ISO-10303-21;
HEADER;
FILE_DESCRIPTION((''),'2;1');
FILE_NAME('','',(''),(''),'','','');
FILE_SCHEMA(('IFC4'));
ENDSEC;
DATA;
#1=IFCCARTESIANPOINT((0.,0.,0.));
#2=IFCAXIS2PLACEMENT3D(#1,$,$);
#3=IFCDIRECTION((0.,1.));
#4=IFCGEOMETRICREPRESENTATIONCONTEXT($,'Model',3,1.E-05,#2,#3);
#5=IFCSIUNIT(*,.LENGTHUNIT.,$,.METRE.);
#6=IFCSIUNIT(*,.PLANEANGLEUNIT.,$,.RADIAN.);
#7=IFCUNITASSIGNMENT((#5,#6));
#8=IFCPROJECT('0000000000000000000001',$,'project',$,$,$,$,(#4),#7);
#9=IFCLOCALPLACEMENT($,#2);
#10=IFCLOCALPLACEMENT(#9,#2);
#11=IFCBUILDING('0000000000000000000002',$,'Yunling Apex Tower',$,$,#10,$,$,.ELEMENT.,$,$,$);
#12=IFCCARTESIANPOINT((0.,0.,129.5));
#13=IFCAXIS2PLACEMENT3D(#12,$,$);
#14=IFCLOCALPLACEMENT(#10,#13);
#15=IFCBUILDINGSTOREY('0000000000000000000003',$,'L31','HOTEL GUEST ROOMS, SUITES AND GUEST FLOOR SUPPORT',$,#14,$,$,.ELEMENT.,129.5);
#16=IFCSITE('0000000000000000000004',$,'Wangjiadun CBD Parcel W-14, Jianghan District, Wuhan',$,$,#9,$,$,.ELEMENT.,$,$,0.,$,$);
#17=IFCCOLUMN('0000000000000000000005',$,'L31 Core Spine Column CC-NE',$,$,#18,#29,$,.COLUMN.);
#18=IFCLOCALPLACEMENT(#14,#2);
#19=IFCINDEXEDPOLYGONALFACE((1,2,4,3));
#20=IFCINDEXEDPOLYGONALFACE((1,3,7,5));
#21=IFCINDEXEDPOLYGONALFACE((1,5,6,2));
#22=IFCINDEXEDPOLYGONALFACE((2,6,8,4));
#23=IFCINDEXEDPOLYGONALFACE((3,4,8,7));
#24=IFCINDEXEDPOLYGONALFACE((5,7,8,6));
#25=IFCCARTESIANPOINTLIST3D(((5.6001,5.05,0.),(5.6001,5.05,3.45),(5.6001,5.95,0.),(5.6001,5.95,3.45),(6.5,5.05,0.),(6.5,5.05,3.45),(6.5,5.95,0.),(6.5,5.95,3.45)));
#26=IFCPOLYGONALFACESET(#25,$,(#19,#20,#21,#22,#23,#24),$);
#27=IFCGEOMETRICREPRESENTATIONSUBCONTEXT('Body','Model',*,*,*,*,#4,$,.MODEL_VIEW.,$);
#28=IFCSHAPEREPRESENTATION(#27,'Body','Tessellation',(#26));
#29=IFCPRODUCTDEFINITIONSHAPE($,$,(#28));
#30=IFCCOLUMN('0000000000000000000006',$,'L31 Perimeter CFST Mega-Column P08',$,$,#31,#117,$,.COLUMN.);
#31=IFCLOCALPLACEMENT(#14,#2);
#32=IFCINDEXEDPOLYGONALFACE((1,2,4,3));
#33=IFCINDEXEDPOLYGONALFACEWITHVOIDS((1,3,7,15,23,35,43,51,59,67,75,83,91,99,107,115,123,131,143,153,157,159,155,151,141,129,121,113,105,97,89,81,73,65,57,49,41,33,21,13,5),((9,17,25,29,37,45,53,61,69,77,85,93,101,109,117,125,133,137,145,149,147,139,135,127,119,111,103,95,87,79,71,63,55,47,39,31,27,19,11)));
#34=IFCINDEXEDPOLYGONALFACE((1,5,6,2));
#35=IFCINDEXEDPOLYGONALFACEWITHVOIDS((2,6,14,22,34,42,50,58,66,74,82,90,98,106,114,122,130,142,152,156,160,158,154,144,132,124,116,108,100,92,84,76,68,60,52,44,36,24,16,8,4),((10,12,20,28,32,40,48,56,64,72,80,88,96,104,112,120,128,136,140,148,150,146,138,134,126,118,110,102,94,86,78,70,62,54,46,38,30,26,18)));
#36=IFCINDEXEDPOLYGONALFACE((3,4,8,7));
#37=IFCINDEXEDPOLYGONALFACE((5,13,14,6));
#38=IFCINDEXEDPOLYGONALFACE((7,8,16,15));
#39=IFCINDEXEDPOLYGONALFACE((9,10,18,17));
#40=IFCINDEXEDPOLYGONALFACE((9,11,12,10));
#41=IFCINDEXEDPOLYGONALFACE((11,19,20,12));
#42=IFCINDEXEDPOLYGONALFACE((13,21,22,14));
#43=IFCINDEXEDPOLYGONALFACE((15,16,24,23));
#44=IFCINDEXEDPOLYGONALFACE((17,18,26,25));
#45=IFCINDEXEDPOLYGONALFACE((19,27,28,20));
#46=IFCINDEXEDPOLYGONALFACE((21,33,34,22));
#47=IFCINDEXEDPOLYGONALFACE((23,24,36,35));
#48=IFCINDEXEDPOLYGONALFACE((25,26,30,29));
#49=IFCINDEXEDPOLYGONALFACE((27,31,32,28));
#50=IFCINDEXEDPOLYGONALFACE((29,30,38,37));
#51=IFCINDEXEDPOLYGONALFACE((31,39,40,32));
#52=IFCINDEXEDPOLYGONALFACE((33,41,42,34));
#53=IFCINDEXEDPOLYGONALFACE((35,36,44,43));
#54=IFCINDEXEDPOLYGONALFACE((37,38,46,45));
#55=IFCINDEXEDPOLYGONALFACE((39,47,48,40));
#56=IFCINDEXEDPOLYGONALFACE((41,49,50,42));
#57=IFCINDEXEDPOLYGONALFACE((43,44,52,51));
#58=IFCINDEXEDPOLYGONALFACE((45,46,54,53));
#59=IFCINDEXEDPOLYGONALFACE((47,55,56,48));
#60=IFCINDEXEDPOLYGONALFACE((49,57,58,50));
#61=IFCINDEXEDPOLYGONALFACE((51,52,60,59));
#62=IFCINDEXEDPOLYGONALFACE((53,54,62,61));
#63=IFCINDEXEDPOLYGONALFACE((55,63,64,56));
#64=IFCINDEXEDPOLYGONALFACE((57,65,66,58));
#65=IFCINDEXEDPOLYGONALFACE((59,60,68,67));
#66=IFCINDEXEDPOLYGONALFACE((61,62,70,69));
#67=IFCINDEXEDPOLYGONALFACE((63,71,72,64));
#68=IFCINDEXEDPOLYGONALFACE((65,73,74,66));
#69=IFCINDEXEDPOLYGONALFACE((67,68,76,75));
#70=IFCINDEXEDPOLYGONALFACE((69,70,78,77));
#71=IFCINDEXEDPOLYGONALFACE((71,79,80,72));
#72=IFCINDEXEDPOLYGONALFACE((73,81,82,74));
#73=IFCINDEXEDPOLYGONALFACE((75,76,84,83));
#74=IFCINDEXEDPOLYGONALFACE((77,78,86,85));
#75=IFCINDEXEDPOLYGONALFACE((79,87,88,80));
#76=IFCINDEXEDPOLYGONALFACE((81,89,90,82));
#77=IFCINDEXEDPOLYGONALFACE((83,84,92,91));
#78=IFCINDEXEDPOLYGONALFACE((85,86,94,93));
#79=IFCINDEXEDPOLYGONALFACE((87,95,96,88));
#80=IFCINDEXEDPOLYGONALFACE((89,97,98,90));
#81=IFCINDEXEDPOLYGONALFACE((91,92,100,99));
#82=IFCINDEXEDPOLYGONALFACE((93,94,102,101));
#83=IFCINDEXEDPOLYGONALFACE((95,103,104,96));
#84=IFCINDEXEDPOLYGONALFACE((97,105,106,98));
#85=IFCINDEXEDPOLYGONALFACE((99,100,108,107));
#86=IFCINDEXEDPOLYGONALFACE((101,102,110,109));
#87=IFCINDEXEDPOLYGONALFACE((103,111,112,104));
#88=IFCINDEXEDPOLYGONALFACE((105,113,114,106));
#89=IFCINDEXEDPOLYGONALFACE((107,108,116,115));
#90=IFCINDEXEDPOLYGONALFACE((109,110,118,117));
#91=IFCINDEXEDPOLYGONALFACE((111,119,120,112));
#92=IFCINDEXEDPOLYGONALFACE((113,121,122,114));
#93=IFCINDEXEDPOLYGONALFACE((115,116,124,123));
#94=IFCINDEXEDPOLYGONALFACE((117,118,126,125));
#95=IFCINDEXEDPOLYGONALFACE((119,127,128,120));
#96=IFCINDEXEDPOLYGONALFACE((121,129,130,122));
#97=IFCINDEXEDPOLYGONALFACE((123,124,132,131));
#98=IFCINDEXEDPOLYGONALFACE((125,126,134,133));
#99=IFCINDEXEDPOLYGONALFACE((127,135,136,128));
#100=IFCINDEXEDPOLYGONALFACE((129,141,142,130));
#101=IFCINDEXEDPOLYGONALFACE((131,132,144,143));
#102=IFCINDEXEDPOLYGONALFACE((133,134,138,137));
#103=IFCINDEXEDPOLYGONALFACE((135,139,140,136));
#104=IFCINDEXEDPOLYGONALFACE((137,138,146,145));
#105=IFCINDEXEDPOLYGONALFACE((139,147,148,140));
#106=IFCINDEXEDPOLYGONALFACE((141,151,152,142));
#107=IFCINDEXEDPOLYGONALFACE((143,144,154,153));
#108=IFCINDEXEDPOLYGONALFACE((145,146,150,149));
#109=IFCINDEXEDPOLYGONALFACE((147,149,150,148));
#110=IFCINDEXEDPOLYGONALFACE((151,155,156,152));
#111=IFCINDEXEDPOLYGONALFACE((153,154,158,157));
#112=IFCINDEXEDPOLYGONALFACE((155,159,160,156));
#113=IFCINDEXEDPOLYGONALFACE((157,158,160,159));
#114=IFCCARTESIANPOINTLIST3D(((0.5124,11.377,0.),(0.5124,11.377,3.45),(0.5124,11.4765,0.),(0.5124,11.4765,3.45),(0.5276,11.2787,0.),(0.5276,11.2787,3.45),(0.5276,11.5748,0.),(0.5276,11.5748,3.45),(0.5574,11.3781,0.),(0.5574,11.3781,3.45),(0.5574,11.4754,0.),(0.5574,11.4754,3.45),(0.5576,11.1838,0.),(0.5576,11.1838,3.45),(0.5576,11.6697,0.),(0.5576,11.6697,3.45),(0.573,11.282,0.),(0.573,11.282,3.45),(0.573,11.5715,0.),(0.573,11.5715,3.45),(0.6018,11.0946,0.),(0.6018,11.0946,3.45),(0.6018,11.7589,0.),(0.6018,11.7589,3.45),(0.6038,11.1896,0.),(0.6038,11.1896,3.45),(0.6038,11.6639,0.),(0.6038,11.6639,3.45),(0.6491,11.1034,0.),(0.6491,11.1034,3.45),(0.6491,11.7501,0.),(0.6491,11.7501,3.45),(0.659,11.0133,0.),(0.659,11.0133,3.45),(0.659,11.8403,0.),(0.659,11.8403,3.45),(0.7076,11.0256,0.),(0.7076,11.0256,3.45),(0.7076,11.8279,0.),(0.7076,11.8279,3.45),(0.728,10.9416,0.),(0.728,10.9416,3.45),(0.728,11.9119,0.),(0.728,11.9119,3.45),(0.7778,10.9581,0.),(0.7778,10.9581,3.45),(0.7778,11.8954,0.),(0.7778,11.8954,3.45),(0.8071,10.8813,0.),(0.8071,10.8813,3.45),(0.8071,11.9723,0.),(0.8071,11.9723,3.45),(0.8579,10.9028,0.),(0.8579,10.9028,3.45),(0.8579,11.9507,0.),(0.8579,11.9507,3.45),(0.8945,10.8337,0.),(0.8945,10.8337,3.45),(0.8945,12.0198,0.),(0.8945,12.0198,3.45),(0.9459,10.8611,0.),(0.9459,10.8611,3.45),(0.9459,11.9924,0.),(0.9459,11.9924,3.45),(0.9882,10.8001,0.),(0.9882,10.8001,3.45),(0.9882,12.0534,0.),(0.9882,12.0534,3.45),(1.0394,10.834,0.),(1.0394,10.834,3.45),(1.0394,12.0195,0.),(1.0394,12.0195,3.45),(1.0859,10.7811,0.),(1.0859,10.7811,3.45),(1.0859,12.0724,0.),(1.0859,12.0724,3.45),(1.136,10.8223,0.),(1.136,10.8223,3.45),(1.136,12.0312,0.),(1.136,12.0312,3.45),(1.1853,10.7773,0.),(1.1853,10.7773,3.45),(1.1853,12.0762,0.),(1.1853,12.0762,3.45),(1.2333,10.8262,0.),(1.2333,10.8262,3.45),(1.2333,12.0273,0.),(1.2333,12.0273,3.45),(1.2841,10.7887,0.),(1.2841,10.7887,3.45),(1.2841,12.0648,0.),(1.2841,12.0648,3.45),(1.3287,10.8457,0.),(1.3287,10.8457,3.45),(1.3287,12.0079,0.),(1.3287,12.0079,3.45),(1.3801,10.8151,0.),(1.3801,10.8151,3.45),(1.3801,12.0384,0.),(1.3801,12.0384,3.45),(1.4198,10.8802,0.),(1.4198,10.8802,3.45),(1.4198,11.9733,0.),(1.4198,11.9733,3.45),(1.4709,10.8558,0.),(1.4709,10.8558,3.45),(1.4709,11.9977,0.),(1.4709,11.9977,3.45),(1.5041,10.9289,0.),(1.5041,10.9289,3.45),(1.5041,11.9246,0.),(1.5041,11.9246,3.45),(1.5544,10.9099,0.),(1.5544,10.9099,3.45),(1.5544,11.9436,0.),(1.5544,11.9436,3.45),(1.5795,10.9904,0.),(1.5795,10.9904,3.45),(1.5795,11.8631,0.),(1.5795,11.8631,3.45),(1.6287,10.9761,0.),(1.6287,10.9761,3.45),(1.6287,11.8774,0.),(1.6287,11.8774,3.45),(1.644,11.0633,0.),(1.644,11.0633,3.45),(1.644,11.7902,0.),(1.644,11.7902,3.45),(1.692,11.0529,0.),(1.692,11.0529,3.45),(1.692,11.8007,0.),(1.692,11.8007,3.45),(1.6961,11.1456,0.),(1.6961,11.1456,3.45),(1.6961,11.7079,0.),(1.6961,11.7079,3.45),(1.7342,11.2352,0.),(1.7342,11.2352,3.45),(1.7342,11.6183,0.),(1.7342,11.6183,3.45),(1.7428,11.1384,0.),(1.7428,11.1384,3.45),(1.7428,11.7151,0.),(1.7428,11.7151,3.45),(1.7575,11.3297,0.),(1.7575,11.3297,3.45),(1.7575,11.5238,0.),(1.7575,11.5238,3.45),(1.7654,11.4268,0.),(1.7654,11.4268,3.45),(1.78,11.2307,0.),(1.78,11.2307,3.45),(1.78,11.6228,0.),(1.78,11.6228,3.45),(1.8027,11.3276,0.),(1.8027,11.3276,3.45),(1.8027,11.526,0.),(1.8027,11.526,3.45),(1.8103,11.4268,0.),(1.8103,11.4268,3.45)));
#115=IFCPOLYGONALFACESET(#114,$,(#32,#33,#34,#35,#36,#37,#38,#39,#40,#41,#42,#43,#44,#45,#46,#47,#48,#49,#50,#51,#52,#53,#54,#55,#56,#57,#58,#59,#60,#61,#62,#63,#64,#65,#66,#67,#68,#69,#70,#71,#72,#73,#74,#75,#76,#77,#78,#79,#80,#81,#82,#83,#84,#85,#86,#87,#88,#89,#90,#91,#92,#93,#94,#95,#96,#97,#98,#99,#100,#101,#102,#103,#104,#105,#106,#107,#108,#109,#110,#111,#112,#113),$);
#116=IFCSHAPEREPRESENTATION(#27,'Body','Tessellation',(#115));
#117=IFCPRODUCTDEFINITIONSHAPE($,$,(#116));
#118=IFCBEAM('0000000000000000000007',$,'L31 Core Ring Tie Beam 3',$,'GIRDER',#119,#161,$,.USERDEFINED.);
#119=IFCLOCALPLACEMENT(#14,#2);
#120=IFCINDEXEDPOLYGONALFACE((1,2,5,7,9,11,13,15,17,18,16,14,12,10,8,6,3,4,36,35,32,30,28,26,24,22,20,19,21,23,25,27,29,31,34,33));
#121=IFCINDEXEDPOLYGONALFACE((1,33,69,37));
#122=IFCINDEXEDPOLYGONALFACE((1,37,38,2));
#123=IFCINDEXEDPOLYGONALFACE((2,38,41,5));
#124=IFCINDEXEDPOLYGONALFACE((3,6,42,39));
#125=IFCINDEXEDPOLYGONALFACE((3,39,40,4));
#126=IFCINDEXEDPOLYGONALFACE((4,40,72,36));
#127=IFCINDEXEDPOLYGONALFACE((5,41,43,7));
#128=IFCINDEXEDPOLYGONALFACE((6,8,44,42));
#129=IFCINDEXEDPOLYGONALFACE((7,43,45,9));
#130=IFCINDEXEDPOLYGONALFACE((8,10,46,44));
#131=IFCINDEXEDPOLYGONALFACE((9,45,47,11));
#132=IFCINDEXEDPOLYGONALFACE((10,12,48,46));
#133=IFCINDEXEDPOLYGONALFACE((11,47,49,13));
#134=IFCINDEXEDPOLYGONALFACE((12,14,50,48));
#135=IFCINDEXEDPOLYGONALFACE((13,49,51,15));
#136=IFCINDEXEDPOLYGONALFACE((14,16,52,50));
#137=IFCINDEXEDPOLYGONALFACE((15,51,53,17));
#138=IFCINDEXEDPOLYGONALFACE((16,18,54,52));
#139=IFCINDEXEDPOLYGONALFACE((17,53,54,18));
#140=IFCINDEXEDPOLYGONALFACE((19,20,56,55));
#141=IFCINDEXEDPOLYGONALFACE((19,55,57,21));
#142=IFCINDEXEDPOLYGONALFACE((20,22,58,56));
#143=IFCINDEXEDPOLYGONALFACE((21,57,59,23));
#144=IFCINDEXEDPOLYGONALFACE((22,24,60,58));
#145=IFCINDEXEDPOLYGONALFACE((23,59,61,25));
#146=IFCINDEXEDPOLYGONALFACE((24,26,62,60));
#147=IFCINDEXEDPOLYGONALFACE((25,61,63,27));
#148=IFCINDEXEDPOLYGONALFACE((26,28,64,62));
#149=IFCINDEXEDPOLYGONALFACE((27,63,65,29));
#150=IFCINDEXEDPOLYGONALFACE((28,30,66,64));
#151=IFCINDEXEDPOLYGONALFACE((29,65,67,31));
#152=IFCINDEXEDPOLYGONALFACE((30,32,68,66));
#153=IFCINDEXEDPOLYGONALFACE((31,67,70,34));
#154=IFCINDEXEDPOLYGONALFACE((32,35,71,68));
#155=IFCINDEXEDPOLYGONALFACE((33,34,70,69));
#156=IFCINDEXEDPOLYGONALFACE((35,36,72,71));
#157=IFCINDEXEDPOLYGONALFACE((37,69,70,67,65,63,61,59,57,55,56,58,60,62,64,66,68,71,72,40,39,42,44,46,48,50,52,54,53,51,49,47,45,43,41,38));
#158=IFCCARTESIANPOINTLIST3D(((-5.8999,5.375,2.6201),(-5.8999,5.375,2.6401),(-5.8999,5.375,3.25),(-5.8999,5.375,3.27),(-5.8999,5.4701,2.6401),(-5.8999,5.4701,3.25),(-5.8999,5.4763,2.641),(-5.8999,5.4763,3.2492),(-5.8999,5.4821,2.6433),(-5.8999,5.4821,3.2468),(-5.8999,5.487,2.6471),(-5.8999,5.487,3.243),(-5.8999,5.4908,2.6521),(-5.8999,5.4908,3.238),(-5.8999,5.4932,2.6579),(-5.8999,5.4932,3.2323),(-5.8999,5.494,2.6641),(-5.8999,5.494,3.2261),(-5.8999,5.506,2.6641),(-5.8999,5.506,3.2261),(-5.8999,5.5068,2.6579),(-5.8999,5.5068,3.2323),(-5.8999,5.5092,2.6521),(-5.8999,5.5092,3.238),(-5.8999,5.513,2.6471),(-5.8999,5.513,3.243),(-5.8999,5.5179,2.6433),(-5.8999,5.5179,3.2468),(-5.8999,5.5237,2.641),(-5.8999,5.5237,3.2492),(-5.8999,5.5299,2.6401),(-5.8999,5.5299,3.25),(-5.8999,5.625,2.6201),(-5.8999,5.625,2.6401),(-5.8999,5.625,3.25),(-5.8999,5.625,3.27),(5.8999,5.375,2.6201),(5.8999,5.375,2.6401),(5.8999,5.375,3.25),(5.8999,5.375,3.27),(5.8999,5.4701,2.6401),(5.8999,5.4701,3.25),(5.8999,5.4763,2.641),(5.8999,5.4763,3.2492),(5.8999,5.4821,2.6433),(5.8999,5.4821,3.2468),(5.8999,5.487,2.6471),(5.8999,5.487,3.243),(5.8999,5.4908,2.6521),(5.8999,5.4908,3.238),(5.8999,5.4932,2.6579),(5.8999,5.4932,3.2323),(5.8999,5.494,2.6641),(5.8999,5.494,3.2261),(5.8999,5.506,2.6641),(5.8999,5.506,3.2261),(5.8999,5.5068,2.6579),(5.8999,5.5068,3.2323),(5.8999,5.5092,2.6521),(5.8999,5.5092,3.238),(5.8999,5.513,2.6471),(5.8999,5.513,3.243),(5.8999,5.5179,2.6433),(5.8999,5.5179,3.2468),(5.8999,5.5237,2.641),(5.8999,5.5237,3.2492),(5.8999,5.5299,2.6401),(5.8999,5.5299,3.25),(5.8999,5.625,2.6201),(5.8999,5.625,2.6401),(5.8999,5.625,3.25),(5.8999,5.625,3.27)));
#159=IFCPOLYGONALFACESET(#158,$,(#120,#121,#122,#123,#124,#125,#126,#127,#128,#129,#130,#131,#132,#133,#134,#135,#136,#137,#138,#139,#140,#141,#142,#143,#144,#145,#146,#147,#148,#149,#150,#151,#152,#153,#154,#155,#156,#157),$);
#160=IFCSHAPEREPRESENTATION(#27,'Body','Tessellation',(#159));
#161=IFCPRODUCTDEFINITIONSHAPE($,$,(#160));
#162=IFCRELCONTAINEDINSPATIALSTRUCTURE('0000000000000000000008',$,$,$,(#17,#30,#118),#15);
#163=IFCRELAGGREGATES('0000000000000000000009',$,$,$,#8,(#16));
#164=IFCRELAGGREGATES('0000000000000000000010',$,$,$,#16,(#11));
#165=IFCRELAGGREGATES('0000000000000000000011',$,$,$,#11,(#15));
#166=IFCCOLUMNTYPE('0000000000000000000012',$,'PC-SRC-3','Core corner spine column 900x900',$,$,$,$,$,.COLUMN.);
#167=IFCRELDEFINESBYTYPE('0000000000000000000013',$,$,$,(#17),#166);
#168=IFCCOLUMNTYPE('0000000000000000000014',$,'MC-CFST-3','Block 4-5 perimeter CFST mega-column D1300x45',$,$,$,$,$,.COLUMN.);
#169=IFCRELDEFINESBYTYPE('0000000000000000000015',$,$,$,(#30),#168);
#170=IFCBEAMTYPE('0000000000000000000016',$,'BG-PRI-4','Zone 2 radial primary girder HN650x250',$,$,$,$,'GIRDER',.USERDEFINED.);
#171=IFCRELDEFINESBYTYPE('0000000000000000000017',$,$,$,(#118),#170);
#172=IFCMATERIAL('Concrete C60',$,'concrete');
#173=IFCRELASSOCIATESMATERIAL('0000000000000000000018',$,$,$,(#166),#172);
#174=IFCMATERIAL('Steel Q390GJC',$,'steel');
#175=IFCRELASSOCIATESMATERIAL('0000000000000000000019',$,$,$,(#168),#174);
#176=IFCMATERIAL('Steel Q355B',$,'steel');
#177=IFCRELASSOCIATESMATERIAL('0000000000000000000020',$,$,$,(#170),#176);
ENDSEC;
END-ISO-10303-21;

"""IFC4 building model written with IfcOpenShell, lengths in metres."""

from ifc_helpers import new_model, si_unit, direction, frame, origin, origin_2d, place, context, subcontext, project, spatial, rectangle, hollow_circle, i_section, extrude, source, transform, mapped, material, material_profile, profile_set, type_object, element, save


model = new_model("IFC4")

# Units and contexts
model_context = context("Model", 3, precision=1e-05, world=origin(), true_north=direction((0.0, 1.0)))
body_context = subcontext(model_context, "Body", "Model", "MODEL_VIEW")
ifc_project = project(units=[si_unit("LENGTHUNIT", "METRE"), si_unit("PLANEANGLEUNIT", "RADIAN")], contexts=[model_context])

# Site, building, storey
site_placement = place(None, origin())
site = spatial("IfcSite", under=ifc_project, at=site_placement, Name="Wangjiadun CBD Parcel W-14, Jianghan District, Wuhan", CompositionType="ELEMENT", RefElevation=0.0)
building_placement = place(site_placement, origin())
building = spatial("IfcBuilding", under=site, at=building_placement, Name="Yunling Apex Tower", CompositionType="ELEMENT")
storey_placement = place(building_placement, frame((0.0, 0.0, 129.5)))
storey = spatial("IfcBuildingStorey", under=building, at=storey_placement, Name="L31", Description="HOTEL GUEST ROOMS, SUITES AND GUEST FLOOR SUPPORT", CompositionType="ELEMENT", Elevation=129.5)

# Columns
ifc_material_1 = material(Name="Concrete C60", Category="concrete")
ifc_material_profile_1 = material_profile(ifc_material_1, rectangle(XDim=0.8999, YDim=0.8999, at=origin_2d()))
ifc_profile_set_1 = profile_set([ifc_material_profile_1], Name="Concrete C60")
column_type_1 = type_object("IfcColumnType", Name="PC-SRC-3", Description="Core corner spine column 900x900", PredefinedType="COLUMN", material=ifc_profile_set_1)
shared_shape_1 = source(origin(), body_context, "Body", "SweptSolid", [
    extrude(rectangle(XDim=0.8999, YDim=0.8999, at=origin_2d()), origin(), (0.0, 0.0, 1.0), 3.45),
])
column_1_placement = place(storey_placement, frame((6.05, 5.5, 0.0), z_axis=(0.0, 0.0, 1.0), x_axis=(1.0, 0.0, 0.0)))
element("IfcColumn", 1, at=column_1_placement, inside=storey, type_object=column_type_1, Name="L31 Core Spine Column CC-NE", PredefinedType="COLUMN", context=body_context, shape_type="MappedRepresentation", body=[
    mapped(shared_shape_1, transform((0.0, 0.0, 0.0), scale=1.0)),
])
ifc_material_2 = material(Name="Steel Q390GJC", Category="steel")
ifc_material_profile_2 = material_profile(ifc_material_2, hollow_circle(Radius=0.6499, WallThickness=0.0449, at=origin_2d()))
ifc_profile_set_2 = profile_set([ifc_material_profile_2], Name="Steel Q390GJC")
column_type_2 = type_object("IfcColumnType", Name="MC-CFST-3", Description="Block 4-5 perimeter CFST mega-column D1300x45", PredefinedType="COLUMN", material=ifc_profile_set_2)
shared_shape_2 = source(origin(), body_context, "Body", "SweptSolid", [
    extrude(hollow_circle(Radius=0.6499, WallThickness=0.0449, at=origin_2d()), origin(), (0.0, 0.0, 1.0), 3.45),
])
column_2_placement = place(storey_placement, frame((1.1604, 11.4268, 0.0), z_axis=(0.0, 0.0, 1.0), x_axis=(1.0, 0.0, 0.0)))
element("IfcColumn", 2, at=column_2_placement, inside=storey, type_object=column_type_2, Name="L31 Perimeter CFST Mega-Column P08", PredefinedType="COLUMN", context=body_context, shape_type="MappedRepresentation", body=[
    mapped(shared_shape_2, transform((0.0, 0.0, 0.0), scale=1.0)),
])

# Beam
ifc_material_3 = material(Name="Steel Q355B", Category="steel")
ifc_material_profile_3 = material_profile(ifc_material_3, i_section(OverallWidth=0.25, OverallDepth=0.6499, WebThickness=0.012, FlangeThickness=0.02, FilletRadius=0.0239, at=origin_2d()))
ifc_profile_set_3 = profile_set([ifc_material_profile_3], Name="Steel Q355B")
beam_type_1 = type_object("IfcBeamType", Name="BG-PRI-4", Description="Zone 2 radial primary girder HN650x250", ElementType="GIRDER", PredefinedType="USERDEFINED", material=ifc_profile_set_3)
shared_shape_3 = source(origin(), body_context, "Body", "SweptSolid", [
    extrude(i_section(OverallWidth=0.25, OverallDepth=0.6499, WebThickness=0.012, FlangeThickness=0.02, FilletRadius=0.0239, at=origin_2d()), origin(), (0.0, 0.0, 1.0), 11.7998),
])
beam_1_placement = place(storey_placement, frame((5.8999, 5.5, 2.9451), z_axis=(-1.0, 0.0, 0.0), x_axis=(0.0, -1.0, 0.0)))
element("IfcBeam", 3, at=beam_1_placement, inside=storey, type_object=beam_type_1, Name="L31 Core Ring Tie Beam 3", ObjectType="GIRDER", PredefinedType="USERDEFINED", context=body_context, shape_type="MappedRepresentation", body=[
    mapped(shared_shape_3, transform((0.0, 0.0, 0.0), scale=1.0)),
])

save(model, "model.ifc")
